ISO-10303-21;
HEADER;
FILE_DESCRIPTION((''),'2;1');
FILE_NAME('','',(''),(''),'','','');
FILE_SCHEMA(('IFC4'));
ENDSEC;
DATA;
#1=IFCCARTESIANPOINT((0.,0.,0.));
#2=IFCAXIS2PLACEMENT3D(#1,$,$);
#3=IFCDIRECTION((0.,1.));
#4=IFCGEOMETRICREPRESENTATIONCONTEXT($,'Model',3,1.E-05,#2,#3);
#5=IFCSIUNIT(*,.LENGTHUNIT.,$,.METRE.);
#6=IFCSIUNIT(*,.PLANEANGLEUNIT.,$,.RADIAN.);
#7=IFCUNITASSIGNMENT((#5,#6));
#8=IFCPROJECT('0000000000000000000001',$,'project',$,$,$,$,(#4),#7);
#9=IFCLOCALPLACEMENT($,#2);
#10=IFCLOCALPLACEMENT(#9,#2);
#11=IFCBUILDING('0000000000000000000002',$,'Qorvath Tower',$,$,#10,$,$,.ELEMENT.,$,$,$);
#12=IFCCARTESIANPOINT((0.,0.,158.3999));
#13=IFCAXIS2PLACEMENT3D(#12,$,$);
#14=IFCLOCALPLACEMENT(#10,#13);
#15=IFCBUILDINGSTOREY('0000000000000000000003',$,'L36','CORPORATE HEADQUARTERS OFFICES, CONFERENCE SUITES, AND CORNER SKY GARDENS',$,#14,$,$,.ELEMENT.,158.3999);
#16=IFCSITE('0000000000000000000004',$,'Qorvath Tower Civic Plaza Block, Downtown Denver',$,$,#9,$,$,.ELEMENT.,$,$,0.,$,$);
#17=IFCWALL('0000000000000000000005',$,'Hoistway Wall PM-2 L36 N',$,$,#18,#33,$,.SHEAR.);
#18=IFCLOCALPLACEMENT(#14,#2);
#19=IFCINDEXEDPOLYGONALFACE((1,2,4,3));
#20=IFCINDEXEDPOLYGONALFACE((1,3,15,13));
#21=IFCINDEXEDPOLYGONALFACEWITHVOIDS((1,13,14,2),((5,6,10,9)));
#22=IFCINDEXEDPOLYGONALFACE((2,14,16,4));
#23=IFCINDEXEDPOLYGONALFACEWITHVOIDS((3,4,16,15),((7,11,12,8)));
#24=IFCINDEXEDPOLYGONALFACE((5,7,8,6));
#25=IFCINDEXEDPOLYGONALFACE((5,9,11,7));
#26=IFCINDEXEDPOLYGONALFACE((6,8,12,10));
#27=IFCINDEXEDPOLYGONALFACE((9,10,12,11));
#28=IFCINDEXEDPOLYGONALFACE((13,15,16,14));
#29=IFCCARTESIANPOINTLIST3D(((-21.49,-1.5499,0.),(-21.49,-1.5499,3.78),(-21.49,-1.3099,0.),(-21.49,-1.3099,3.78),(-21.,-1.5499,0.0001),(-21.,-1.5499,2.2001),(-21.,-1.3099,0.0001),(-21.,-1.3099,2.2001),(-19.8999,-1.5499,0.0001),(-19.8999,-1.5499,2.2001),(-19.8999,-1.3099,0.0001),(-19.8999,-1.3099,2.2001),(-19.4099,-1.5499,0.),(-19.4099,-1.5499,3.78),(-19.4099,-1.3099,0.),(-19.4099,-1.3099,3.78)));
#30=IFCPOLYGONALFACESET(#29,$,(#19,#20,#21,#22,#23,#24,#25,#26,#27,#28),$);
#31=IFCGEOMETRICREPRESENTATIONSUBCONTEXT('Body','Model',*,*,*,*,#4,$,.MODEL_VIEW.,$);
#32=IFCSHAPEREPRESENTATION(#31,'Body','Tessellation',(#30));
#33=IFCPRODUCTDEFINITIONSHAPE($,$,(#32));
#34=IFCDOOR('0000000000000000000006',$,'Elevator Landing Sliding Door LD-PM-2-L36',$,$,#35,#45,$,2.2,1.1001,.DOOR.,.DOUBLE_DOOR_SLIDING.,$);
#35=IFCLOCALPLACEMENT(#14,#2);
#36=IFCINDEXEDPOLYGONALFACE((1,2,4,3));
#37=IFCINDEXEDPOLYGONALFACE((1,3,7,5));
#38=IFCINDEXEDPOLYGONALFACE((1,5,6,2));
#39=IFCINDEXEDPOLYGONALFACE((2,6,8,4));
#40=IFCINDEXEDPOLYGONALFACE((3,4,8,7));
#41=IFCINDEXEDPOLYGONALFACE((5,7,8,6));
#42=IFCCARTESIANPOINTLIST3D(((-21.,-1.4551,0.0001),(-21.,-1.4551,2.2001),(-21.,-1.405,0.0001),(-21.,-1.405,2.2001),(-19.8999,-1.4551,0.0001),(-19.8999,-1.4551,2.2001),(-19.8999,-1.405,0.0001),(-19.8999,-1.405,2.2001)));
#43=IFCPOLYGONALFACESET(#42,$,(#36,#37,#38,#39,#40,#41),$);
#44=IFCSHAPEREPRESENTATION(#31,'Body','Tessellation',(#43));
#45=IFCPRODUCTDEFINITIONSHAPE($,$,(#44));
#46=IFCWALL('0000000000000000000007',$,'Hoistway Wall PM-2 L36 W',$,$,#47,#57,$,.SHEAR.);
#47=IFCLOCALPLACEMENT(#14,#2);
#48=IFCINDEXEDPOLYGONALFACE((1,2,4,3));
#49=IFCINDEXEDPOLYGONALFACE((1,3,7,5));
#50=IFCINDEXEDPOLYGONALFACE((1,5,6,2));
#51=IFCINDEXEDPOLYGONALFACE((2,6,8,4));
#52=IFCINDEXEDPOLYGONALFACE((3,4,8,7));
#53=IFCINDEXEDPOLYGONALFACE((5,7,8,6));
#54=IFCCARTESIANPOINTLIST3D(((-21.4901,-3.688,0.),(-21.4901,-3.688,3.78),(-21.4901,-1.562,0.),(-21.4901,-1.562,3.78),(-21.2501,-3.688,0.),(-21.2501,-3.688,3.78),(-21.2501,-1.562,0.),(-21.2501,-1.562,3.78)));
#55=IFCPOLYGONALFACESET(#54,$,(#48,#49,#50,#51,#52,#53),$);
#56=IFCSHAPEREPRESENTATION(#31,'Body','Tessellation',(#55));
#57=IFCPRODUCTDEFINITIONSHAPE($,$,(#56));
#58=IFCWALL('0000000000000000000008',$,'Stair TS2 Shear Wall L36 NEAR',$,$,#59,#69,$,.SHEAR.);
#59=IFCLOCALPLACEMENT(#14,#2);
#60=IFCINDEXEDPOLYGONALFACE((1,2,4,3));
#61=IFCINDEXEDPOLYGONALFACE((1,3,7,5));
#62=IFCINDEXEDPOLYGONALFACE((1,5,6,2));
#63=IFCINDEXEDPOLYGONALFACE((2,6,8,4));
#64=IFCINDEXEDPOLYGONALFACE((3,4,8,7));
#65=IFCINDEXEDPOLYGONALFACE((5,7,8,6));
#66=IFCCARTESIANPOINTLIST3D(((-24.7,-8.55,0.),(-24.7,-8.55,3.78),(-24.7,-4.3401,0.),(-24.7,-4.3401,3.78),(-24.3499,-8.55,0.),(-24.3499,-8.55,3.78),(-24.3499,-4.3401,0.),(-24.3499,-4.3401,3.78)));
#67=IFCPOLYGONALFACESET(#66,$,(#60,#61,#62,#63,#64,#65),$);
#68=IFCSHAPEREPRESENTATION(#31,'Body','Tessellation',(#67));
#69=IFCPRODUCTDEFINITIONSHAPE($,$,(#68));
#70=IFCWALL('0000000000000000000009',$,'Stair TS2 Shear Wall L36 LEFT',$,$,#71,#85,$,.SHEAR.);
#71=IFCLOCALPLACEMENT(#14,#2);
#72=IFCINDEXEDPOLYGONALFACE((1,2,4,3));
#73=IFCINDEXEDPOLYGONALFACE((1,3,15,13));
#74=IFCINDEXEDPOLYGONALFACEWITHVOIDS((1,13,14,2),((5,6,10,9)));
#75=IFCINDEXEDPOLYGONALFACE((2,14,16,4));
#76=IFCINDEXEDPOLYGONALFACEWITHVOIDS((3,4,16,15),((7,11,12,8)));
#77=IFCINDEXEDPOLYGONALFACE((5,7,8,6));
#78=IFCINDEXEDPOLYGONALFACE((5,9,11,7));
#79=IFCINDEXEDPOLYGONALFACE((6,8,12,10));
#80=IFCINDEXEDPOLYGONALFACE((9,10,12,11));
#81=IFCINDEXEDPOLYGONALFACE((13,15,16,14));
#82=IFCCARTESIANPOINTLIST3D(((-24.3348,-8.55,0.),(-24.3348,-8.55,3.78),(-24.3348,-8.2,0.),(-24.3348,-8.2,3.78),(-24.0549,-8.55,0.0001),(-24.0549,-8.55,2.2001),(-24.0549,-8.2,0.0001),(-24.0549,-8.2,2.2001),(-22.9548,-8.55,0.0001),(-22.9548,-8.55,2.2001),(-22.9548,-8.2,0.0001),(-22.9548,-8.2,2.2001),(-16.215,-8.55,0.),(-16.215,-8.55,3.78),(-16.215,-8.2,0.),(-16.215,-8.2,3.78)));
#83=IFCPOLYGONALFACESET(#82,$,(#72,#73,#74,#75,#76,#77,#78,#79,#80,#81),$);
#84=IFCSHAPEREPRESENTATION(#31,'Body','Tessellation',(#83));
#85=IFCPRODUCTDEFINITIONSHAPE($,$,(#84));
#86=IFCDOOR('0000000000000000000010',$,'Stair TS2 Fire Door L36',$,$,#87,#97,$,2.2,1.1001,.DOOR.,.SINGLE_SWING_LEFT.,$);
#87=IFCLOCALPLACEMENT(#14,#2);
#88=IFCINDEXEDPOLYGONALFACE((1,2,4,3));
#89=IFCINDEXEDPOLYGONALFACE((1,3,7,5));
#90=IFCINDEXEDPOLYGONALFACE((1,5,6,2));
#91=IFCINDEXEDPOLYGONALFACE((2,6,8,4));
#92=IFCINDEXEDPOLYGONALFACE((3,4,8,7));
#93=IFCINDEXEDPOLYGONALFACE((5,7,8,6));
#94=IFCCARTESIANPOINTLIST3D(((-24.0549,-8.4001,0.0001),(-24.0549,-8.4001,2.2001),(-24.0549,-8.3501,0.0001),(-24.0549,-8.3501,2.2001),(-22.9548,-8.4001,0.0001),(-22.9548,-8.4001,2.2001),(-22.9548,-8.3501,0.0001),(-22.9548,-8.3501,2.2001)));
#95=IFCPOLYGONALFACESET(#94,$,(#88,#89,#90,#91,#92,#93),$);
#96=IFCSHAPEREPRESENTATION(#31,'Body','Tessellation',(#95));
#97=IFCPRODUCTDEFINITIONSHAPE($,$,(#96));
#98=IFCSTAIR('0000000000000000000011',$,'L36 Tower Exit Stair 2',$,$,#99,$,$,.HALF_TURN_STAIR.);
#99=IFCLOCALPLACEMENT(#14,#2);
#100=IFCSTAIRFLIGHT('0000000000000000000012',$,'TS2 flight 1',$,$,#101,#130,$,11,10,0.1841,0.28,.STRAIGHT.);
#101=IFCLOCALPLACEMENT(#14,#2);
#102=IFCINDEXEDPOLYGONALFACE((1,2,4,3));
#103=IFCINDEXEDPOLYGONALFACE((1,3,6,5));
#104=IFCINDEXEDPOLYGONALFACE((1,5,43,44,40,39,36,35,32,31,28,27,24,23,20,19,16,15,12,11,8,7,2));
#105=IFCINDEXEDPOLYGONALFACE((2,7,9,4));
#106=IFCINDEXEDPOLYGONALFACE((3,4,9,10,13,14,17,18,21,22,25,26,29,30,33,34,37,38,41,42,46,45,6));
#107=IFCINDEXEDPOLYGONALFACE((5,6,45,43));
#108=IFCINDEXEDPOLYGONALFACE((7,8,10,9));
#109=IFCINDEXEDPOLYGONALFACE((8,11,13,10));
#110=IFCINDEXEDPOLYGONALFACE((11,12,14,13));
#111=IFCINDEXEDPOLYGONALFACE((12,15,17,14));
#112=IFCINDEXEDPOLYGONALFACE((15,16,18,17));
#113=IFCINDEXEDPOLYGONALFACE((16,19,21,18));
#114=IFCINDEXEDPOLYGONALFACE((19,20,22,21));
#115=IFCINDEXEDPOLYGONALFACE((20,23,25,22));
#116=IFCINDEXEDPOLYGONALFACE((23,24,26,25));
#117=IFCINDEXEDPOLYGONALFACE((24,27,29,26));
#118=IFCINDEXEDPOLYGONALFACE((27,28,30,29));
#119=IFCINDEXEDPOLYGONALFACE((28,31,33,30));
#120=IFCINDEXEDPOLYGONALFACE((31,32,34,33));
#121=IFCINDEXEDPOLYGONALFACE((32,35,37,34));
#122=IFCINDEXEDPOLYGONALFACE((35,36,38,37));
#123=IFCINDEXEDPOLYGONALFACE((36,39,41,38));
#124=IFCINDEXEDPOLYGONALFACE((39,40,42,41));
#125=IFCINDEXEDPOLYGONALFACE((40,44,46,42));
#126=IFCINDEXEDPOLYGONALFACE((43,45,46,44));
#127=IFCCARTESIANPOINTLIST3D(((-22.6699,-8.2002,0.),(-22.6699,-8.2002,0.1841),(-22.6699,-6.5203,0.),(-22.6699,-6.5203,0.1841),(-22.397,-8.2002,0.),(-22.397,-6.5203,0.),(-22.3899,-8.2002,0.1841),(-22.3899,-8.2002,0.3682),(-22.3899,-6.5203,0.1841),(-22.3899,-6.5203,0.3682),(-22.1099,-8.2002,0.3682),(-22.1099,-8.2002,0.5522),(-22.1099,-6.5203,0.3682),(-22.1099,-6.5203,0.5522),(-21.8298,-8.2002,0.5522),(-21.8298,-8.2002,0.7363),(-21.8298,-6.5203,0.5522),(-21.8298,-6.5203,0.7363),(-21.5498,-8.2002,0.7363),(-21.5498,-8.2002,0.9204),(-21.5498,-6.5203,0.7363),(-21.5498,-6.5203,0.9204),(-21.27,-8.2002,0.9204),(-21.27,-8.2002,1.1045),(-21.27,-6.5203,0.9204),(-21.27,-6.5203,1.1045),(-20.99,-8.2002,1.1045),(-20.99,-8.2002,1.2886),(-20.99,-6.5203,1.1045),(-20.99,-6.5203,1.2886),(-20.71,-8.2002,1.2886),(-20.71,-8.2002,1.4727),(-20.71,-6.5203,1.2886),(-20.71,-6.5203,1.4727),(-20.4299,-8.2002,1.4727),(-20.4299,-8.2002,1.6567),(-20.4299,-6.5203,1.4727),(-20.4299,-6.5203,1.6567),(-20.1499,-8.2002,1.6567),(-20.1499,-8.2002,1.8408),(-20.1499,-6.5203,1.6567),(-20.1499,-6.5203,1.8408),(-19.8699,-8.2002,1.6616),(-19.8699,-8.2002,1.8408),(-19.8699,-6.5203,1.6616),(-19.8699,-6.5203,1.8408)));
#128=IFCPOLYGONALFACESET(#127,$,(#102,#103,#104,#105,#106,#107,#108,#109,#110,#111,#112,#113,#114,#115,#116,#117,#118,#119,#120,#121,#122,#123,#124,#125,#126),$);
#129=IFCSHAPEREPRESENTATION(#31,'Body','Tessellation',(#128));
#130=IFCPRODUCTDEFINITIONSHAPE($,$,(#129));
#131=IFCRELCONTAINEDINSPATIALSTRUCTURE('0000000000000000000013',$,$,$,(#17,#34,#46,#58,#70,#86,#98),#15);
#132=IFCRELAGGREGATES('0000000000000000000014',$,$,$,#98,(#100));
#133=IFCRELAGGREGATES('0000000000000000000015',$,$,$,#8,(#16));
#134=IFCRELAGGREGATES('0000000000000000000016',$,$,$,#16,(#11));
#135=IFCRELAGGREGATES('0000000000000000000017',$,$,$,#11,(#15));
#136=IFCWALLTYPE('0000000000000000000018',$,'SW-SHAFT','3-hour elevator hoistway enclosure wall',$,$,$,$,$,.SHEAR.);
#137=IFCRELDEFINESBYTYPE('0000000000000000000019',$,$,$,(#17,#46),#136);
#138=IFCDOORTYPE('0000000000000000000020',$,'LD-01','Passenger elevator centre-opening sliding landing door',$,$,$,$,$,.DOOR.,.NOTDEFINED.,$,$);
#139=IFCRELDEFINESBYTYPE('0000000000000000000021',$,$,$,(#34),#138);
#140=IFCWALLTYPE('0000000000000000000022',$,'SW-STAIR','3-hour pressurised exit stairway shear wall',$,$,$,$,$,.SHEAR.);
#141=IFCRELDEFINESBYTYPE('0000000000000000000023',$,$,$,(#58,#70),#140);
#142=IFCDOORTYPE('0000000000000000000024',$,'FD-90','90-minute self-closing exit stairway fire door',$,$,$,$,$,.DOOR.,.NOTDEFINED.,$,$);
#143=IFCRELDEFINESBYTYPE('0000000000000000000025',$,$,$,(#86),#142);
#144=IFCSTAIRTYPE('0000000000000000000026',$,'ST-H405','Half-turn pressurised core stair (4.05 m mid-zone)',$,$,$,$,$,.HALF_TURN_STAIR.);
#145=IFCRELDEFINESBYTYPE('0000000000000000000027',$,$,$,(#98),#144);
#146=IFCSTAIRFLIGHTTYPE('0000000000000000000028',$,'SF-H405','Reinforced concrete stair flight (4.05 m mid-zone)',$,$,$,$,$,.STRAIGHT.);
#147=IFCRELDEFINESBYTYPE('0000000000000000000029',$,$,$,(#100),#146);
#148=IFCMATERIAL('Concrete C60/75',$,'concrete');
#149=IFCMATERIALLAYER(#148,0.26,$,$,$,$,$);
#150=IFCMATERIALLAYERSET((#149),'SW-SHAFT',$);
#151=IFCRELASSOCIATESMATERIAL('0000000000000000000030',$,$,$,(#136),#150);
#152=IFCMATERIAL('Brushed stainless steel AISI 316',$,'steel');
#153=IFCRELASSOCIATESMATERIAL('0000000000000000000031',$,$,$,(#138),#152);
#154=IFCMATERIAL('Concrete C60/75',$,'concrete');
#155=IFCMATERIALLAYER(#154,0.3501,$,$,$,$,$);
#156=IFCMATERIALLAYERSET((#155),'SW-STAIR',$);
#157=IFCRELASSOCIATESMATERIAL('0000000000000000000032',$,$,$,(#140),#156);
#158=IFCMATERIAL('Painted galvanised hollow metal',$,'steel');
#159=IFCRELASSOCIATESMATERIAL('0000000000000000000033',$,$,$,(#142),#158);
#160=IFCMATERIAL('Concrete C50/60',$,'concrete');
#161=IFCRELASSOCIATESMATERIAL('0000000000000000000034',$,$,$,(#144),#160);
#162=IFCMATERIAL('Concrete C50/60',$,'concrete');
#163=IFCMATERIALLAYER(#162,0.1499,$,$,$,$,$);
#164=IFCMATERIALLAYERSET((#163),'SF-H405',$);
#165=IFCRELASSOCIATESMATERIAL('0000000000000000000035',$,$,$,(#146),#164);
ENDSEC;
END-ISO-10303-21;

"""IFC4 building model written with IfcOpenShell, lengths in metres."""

from ifc_helpers import new_model, si_unit, direction, frame, frame_2d, origin, place, context, subcontext, project, spatial, polyline, rectangle, outline, extrude, material, layer, layer_set, type_object, element, fill, aggregate, save


model = new_model("IFC4")

# Units and contexts
model_context = context("Model", 3, precision=1e-05, world=origin(), true_north=direction((0.0, 1.0)))
body_context = subcontext(model_context, "Body", "Model", "MODEL_VIEW")
ifc_project = project(units=[si_unit("LENGTHUNIT", "METRE"), si_unit("PLANEANGLEUNIT", "RADIAN")], contexts=[model_context])

# Site, building, storey
site_placement = place(None, origin())
site = spatial("IfcSite", under=ifc_project, at=site_placement, Name="Qorvath Tower Civic Plaza Block, Downtown Denver", CompositionType="ELEMENT", RefElevation=0.0)
building_placement = place(site_placement, origin())
building = spatial("IfcBuilding", under=site, at=building_placement, Name="Qorvath Tower", CompositionType="ELEMENT")
storey_placement = place(building_placement, frame((0.0, 0.0, 158.3999)))
storey = spatial("IfcBuildingStorey", under=building, at=storey_placement, Name="L36", Description="CORPORATE HEADQUARTERS OFFICES, CONFERENCE SUITES, AND CORNER SKY GARDENS", CompositionType="ELEMENT", Elevation=158.3999)

# Shared definitions
ifc_material_1 = material(Name="Concrete C60/75", Category="concrete")
ifc_layer_1 = layer(ifc_material_1, 0.26)
ifc_layer_set_1 = layer_set([ifc_layer_1], Name="SW-SHAFT")
wall_type_1 = type_object("IfcWallType", Name="SW-SHAFT", Description="3-hour elevator hoistway enclosure wall", PredefinedType="SHEAR", material=ifc_layer_set_1)

# Wall, opening, door
wall_1_placement = place(storey_placement, frame((-21.49, -1.4299, 0.0), z_axis=(0.0, 0.0, 1.0), x_axis=(1.0, 0.0, 0.0)))
wall_1 = element("IfcWall", 1, at=wall_1_placement, inside=storey, type_object=wall_type_1, Name="Hoistway Wall PM-2 L36 N", PredefinedType="SHEAR", context=body_context, shape_type="SweptSolid", body=[
    extrude(rectangle(XDim=2.0801, YDim=0.24, at=frame_2d((1.04, 0.0))), origin(), (0.0, 0.0, 1.0), 3.78),
])
opening_1_placement = place(wall_1_placement, frame((0.49, 0.0, 0.0)))
opening_1 = element("IfcOpeningElement", 2, at=opening_1_placement, cuts=wall_1, PredefinedType="OPENING", context=body_context, shape_type="SweptSolid", body=[
    extrude(rectangle(XDim=1.1001, YDim=2.2, at=frame_2d((0.55, 1.1001))), frame((0.0, 0.1299, 0.0), z_axis=(0.0, -1.0, 0.0), x_axis=(1.0, 0.0, 0.0)), (0.0, 0.0, 1.0), 0.26),
])
ifc_material_2 = material(Name="Brushed stainless steel AISI 316", Category="steel")
door_type_1 = type_object("IfcDoorType", Name="LD-01", Description="Passenger elevator centre-opening sliding landing door", OperationType="NOTDEFINED", PredefinedType="DOOR", material=ifc_material_2)
door_1_placement = place(opening_1_placement, origin())
door_1 = element("IfcDoor", 3, at=door_1_placement, inside=storey, type_object=door_type_1, Name="Elevator Landing Sliding Door LD-PM-2-L36", OperationType="DOUBLE_DOOR_SLIDING", OverallHeight=2.2, OverallWidth=1.1001, PredefinedType="DOOR", context=body_context, shape_type="SweptSolid", body=[
    extrude(rectangle(XDim=1.1001, YDim=2.2, at=frame_2d((0.55, 1.1001))), frame((0.0, 0.0249, 0.0), z_axis=(0.0, -1.0, 0.0), x_axis=(1.0, 0.0, 0.0)), (0.0, 0.0, 1.0), 0.05),
])
fill(opening_1, door_1)

# Walls
wall_2_placement = place(storey_placement, frame((-21.3701, -3.688, 0.0), z_axis=(0.0, 0.0, 1.0), x_axis=(0.0, 1.0, 0.0)))
element("IfcWall", 4, at=wall_2_placement, inside=storey, type_object=wall_type_1, Name="Hoistway Wall PM-2 L36 W", PredefinedType="SHEAR", context=body_context, shape_type="SweptSolid", body=[
    extrude(rectangle(XDim=2.126, YDim=0.24, at=frame_2d((1.063, 0.0))), origin(), (0.0, 0.0, 1.0), 3.78),
])
ifc_material_3 = material(Name="Concrete C60/75", Category="concrete")
ifc_layer_2 = layer(ifc_material_3, 0.3501)
ifc_layer_set_2 = layer_set([ifc_layer_2], Name="SW-STAIR")
wall_type_2 = type_object("IfcWallType", Name="SW-STAIR", Description="3-hour pressurised exit stairway shear wall", PredefinedType="SHEAR", material=ifc_layer_set_2)
wall_3_placement = place(storey_placement, frame((-24.5249, -4.3401, 0.0), z_axis=(0.0, 0.0, 1.0), x_axis=(0.0, -1.0, 0.0)))
element("IfcWall", 5, at=wall_3_placement, inside=storey, type_object=wall_type_2, Name="Stair TS2 Shear Wall L36 NEAR", PredefinedType="SHEAR", context=body_context, shape_type="SweptSolid", body=[
    extrude(rectangle(XDim=4.21, YDim=0.3501, at=frame_2d((2.105, 0.0))), origin(), (0.0, 0.0, 1.0), 3.78),
])

# Wall, opening, door
wall_4_placement = place(storey_placement, frame((-24.335, -8.375, 0.0), z_axis=(0.0, 0.0, 1.0), x_axis=(1.0, 0.0, 0.0)))
wall_4 = element("IfcWall", 6, at=wall_4_placement, inside=storey, type_object=wall_type_2, Name="Stair TS2 Shear Wall L36 LEFT", PredefinedType="SHEAR", context=body_context, shape_type="SweptSolid", body=[
    extrude(rectangle(XDim=8.1199, YDim=0.3501, at=frame_2d((4.0601, 0.0))), origin(), (0.0, 0.0, 1.0), 3.78),
])
opening_2_placement = place(wall_4_placement, frame((0.28, 0.0, 0.0)))
opening_2 = element("IfcOpeningElement", 7, at=opening_2_placement, cuts=wall_4, PredefinedType="OPENING", context=body_context, shape_type="SweptSolid", body=[
    extrude(rectangle(XDim=1.1001, YDim=2.2, at=frame_2d((0.55, 1.1001))), frame((0.0, 0.1851, 0.0), z_axis=(0.0, -1.0, 0.0), x_axis=(1.0, 0.0, 0.0)), (0.0, 0.0, 1.0), 0.3701),
])
ifc_material_4 = material(Name="Painted galvanised hollow metal", Category="steel")
door_type_2 = type_object("IfcDoorType", Name="FD-90", Description="90-minute self-closing exit stairway fire door", OperationType="NOTDEFINED", PredefinedType="DOOR", material=ifc_material_4)
door_2_placement = place(opening_2_placement, origin())
door_2 = element("IfcDoor", 8, at=door_2_placement, inside=storey, type_object=door_type_2, Name="Stair TS2 Fire Door L36", OperationType="SINGLE_SWING_LEFT", OverallHeight=2.2, OverallWidth=1.1001, PredefinedType="DOOR", context=body_context, shape_type="SweptSolid", body=[
    extrude(rectangle(XDim=1.1001, YDim=2.2, at=frame_2d((0.55, 1.1001))), frame((0.0, 0.0249, 0.0), z_axis=(0.0, -1.0, 0.0), x_axis=(1.0, 0.0, 0.0)), (0.0, 0.0, 1.0), 0.05),
])
fill(opening_2, door_2)

# Stair, stair flight
ifc_material_5 = material(Name="Concrete C50/60", Category="concrete")
stair_type = type_object("IfcStairType", Name="ST-H405", Description="Half-turn pressurised core stair (4.05 m mid-zone)", PredefinedType="HALF_TURN_STAIR", material=ifc_material_5)
stair_placement = place(storey_placement, origin())
stair = element("IfcStair", 9, at=stair_placement, inside=storey, type_object=stair_type, Name="L36 Tower Exit Stair 2", PredefinedType="HALF_TURN_STAIR")
ifc_material_6 = material(Name="Concrete C50/60", Category="concrete")
ifc_layer_3 = layer(ifc_material_6, 0.1499)
ifc_layer_set_3 = layer_set([ifc_layer_3], Name="SF-H405")
stair_flight_type = type_object("IfcStairFlightType", Name="SF-H405", Description="Reinforced concrete stair flight (4.05 m mid-zone)", PredefinedType="STRAIGHT", material=ifc_layer_set_3)
stair_flight_placement = place(storey_placement, frame((-22.6699, -7.3601, 0.0), z_axis=(0.0, 0.0, 1.0), x_axis=(1.0, 0.0, 0.0)))
stair_flight = element("IfcStairFlight", 10, at=stair_flight_placement, type_object=stair_flight_type, Name="TS2 flight 1", NumberOfRisers=11, NumberOfTreads=10, PredefinedType="STRAIGHT", RiserHeight=0.1841, TreadLength=0.28, context=body_context, shape_type="SweptSolid", body=[
    extrude(outline(polyline([(0.0, 0.0), (0.0, 0.1841), (0.28, 0.1841), (0.28, 0.3682), (0.5601, 0.3682), (0.5601, 0.5522), (0.8401, 0.5522), (0.8401, 0.7363), (1.1201, 0.7363), (1.1201, 0.9204), (1.3999, 0.9204), (1.3999, 1.1045), (1.6799, 1.1045), (1.6799, 1.2886), (1.96, 1.2886), (1.96, 1.4727), (2.24, 1.4727), (2.24, 1.6567), (2.52, 1.6567), (2.52, 1.8408), (2.8, 1.8408), (2.8, 2.0249), (2.8, 1.6616), (0.2729, 0.0), (0.0, 0.0)])), frame((0.0, 0.8398, 0.0), z_axis=(0.0, -1.0, 0.0), x_axis=(1.0, 0.0, 0.0)), (0.0, 0.0, 1.0), 1.6799),
])
aggregate(stair, [stair_flight])

save(model, "model.ifc")
